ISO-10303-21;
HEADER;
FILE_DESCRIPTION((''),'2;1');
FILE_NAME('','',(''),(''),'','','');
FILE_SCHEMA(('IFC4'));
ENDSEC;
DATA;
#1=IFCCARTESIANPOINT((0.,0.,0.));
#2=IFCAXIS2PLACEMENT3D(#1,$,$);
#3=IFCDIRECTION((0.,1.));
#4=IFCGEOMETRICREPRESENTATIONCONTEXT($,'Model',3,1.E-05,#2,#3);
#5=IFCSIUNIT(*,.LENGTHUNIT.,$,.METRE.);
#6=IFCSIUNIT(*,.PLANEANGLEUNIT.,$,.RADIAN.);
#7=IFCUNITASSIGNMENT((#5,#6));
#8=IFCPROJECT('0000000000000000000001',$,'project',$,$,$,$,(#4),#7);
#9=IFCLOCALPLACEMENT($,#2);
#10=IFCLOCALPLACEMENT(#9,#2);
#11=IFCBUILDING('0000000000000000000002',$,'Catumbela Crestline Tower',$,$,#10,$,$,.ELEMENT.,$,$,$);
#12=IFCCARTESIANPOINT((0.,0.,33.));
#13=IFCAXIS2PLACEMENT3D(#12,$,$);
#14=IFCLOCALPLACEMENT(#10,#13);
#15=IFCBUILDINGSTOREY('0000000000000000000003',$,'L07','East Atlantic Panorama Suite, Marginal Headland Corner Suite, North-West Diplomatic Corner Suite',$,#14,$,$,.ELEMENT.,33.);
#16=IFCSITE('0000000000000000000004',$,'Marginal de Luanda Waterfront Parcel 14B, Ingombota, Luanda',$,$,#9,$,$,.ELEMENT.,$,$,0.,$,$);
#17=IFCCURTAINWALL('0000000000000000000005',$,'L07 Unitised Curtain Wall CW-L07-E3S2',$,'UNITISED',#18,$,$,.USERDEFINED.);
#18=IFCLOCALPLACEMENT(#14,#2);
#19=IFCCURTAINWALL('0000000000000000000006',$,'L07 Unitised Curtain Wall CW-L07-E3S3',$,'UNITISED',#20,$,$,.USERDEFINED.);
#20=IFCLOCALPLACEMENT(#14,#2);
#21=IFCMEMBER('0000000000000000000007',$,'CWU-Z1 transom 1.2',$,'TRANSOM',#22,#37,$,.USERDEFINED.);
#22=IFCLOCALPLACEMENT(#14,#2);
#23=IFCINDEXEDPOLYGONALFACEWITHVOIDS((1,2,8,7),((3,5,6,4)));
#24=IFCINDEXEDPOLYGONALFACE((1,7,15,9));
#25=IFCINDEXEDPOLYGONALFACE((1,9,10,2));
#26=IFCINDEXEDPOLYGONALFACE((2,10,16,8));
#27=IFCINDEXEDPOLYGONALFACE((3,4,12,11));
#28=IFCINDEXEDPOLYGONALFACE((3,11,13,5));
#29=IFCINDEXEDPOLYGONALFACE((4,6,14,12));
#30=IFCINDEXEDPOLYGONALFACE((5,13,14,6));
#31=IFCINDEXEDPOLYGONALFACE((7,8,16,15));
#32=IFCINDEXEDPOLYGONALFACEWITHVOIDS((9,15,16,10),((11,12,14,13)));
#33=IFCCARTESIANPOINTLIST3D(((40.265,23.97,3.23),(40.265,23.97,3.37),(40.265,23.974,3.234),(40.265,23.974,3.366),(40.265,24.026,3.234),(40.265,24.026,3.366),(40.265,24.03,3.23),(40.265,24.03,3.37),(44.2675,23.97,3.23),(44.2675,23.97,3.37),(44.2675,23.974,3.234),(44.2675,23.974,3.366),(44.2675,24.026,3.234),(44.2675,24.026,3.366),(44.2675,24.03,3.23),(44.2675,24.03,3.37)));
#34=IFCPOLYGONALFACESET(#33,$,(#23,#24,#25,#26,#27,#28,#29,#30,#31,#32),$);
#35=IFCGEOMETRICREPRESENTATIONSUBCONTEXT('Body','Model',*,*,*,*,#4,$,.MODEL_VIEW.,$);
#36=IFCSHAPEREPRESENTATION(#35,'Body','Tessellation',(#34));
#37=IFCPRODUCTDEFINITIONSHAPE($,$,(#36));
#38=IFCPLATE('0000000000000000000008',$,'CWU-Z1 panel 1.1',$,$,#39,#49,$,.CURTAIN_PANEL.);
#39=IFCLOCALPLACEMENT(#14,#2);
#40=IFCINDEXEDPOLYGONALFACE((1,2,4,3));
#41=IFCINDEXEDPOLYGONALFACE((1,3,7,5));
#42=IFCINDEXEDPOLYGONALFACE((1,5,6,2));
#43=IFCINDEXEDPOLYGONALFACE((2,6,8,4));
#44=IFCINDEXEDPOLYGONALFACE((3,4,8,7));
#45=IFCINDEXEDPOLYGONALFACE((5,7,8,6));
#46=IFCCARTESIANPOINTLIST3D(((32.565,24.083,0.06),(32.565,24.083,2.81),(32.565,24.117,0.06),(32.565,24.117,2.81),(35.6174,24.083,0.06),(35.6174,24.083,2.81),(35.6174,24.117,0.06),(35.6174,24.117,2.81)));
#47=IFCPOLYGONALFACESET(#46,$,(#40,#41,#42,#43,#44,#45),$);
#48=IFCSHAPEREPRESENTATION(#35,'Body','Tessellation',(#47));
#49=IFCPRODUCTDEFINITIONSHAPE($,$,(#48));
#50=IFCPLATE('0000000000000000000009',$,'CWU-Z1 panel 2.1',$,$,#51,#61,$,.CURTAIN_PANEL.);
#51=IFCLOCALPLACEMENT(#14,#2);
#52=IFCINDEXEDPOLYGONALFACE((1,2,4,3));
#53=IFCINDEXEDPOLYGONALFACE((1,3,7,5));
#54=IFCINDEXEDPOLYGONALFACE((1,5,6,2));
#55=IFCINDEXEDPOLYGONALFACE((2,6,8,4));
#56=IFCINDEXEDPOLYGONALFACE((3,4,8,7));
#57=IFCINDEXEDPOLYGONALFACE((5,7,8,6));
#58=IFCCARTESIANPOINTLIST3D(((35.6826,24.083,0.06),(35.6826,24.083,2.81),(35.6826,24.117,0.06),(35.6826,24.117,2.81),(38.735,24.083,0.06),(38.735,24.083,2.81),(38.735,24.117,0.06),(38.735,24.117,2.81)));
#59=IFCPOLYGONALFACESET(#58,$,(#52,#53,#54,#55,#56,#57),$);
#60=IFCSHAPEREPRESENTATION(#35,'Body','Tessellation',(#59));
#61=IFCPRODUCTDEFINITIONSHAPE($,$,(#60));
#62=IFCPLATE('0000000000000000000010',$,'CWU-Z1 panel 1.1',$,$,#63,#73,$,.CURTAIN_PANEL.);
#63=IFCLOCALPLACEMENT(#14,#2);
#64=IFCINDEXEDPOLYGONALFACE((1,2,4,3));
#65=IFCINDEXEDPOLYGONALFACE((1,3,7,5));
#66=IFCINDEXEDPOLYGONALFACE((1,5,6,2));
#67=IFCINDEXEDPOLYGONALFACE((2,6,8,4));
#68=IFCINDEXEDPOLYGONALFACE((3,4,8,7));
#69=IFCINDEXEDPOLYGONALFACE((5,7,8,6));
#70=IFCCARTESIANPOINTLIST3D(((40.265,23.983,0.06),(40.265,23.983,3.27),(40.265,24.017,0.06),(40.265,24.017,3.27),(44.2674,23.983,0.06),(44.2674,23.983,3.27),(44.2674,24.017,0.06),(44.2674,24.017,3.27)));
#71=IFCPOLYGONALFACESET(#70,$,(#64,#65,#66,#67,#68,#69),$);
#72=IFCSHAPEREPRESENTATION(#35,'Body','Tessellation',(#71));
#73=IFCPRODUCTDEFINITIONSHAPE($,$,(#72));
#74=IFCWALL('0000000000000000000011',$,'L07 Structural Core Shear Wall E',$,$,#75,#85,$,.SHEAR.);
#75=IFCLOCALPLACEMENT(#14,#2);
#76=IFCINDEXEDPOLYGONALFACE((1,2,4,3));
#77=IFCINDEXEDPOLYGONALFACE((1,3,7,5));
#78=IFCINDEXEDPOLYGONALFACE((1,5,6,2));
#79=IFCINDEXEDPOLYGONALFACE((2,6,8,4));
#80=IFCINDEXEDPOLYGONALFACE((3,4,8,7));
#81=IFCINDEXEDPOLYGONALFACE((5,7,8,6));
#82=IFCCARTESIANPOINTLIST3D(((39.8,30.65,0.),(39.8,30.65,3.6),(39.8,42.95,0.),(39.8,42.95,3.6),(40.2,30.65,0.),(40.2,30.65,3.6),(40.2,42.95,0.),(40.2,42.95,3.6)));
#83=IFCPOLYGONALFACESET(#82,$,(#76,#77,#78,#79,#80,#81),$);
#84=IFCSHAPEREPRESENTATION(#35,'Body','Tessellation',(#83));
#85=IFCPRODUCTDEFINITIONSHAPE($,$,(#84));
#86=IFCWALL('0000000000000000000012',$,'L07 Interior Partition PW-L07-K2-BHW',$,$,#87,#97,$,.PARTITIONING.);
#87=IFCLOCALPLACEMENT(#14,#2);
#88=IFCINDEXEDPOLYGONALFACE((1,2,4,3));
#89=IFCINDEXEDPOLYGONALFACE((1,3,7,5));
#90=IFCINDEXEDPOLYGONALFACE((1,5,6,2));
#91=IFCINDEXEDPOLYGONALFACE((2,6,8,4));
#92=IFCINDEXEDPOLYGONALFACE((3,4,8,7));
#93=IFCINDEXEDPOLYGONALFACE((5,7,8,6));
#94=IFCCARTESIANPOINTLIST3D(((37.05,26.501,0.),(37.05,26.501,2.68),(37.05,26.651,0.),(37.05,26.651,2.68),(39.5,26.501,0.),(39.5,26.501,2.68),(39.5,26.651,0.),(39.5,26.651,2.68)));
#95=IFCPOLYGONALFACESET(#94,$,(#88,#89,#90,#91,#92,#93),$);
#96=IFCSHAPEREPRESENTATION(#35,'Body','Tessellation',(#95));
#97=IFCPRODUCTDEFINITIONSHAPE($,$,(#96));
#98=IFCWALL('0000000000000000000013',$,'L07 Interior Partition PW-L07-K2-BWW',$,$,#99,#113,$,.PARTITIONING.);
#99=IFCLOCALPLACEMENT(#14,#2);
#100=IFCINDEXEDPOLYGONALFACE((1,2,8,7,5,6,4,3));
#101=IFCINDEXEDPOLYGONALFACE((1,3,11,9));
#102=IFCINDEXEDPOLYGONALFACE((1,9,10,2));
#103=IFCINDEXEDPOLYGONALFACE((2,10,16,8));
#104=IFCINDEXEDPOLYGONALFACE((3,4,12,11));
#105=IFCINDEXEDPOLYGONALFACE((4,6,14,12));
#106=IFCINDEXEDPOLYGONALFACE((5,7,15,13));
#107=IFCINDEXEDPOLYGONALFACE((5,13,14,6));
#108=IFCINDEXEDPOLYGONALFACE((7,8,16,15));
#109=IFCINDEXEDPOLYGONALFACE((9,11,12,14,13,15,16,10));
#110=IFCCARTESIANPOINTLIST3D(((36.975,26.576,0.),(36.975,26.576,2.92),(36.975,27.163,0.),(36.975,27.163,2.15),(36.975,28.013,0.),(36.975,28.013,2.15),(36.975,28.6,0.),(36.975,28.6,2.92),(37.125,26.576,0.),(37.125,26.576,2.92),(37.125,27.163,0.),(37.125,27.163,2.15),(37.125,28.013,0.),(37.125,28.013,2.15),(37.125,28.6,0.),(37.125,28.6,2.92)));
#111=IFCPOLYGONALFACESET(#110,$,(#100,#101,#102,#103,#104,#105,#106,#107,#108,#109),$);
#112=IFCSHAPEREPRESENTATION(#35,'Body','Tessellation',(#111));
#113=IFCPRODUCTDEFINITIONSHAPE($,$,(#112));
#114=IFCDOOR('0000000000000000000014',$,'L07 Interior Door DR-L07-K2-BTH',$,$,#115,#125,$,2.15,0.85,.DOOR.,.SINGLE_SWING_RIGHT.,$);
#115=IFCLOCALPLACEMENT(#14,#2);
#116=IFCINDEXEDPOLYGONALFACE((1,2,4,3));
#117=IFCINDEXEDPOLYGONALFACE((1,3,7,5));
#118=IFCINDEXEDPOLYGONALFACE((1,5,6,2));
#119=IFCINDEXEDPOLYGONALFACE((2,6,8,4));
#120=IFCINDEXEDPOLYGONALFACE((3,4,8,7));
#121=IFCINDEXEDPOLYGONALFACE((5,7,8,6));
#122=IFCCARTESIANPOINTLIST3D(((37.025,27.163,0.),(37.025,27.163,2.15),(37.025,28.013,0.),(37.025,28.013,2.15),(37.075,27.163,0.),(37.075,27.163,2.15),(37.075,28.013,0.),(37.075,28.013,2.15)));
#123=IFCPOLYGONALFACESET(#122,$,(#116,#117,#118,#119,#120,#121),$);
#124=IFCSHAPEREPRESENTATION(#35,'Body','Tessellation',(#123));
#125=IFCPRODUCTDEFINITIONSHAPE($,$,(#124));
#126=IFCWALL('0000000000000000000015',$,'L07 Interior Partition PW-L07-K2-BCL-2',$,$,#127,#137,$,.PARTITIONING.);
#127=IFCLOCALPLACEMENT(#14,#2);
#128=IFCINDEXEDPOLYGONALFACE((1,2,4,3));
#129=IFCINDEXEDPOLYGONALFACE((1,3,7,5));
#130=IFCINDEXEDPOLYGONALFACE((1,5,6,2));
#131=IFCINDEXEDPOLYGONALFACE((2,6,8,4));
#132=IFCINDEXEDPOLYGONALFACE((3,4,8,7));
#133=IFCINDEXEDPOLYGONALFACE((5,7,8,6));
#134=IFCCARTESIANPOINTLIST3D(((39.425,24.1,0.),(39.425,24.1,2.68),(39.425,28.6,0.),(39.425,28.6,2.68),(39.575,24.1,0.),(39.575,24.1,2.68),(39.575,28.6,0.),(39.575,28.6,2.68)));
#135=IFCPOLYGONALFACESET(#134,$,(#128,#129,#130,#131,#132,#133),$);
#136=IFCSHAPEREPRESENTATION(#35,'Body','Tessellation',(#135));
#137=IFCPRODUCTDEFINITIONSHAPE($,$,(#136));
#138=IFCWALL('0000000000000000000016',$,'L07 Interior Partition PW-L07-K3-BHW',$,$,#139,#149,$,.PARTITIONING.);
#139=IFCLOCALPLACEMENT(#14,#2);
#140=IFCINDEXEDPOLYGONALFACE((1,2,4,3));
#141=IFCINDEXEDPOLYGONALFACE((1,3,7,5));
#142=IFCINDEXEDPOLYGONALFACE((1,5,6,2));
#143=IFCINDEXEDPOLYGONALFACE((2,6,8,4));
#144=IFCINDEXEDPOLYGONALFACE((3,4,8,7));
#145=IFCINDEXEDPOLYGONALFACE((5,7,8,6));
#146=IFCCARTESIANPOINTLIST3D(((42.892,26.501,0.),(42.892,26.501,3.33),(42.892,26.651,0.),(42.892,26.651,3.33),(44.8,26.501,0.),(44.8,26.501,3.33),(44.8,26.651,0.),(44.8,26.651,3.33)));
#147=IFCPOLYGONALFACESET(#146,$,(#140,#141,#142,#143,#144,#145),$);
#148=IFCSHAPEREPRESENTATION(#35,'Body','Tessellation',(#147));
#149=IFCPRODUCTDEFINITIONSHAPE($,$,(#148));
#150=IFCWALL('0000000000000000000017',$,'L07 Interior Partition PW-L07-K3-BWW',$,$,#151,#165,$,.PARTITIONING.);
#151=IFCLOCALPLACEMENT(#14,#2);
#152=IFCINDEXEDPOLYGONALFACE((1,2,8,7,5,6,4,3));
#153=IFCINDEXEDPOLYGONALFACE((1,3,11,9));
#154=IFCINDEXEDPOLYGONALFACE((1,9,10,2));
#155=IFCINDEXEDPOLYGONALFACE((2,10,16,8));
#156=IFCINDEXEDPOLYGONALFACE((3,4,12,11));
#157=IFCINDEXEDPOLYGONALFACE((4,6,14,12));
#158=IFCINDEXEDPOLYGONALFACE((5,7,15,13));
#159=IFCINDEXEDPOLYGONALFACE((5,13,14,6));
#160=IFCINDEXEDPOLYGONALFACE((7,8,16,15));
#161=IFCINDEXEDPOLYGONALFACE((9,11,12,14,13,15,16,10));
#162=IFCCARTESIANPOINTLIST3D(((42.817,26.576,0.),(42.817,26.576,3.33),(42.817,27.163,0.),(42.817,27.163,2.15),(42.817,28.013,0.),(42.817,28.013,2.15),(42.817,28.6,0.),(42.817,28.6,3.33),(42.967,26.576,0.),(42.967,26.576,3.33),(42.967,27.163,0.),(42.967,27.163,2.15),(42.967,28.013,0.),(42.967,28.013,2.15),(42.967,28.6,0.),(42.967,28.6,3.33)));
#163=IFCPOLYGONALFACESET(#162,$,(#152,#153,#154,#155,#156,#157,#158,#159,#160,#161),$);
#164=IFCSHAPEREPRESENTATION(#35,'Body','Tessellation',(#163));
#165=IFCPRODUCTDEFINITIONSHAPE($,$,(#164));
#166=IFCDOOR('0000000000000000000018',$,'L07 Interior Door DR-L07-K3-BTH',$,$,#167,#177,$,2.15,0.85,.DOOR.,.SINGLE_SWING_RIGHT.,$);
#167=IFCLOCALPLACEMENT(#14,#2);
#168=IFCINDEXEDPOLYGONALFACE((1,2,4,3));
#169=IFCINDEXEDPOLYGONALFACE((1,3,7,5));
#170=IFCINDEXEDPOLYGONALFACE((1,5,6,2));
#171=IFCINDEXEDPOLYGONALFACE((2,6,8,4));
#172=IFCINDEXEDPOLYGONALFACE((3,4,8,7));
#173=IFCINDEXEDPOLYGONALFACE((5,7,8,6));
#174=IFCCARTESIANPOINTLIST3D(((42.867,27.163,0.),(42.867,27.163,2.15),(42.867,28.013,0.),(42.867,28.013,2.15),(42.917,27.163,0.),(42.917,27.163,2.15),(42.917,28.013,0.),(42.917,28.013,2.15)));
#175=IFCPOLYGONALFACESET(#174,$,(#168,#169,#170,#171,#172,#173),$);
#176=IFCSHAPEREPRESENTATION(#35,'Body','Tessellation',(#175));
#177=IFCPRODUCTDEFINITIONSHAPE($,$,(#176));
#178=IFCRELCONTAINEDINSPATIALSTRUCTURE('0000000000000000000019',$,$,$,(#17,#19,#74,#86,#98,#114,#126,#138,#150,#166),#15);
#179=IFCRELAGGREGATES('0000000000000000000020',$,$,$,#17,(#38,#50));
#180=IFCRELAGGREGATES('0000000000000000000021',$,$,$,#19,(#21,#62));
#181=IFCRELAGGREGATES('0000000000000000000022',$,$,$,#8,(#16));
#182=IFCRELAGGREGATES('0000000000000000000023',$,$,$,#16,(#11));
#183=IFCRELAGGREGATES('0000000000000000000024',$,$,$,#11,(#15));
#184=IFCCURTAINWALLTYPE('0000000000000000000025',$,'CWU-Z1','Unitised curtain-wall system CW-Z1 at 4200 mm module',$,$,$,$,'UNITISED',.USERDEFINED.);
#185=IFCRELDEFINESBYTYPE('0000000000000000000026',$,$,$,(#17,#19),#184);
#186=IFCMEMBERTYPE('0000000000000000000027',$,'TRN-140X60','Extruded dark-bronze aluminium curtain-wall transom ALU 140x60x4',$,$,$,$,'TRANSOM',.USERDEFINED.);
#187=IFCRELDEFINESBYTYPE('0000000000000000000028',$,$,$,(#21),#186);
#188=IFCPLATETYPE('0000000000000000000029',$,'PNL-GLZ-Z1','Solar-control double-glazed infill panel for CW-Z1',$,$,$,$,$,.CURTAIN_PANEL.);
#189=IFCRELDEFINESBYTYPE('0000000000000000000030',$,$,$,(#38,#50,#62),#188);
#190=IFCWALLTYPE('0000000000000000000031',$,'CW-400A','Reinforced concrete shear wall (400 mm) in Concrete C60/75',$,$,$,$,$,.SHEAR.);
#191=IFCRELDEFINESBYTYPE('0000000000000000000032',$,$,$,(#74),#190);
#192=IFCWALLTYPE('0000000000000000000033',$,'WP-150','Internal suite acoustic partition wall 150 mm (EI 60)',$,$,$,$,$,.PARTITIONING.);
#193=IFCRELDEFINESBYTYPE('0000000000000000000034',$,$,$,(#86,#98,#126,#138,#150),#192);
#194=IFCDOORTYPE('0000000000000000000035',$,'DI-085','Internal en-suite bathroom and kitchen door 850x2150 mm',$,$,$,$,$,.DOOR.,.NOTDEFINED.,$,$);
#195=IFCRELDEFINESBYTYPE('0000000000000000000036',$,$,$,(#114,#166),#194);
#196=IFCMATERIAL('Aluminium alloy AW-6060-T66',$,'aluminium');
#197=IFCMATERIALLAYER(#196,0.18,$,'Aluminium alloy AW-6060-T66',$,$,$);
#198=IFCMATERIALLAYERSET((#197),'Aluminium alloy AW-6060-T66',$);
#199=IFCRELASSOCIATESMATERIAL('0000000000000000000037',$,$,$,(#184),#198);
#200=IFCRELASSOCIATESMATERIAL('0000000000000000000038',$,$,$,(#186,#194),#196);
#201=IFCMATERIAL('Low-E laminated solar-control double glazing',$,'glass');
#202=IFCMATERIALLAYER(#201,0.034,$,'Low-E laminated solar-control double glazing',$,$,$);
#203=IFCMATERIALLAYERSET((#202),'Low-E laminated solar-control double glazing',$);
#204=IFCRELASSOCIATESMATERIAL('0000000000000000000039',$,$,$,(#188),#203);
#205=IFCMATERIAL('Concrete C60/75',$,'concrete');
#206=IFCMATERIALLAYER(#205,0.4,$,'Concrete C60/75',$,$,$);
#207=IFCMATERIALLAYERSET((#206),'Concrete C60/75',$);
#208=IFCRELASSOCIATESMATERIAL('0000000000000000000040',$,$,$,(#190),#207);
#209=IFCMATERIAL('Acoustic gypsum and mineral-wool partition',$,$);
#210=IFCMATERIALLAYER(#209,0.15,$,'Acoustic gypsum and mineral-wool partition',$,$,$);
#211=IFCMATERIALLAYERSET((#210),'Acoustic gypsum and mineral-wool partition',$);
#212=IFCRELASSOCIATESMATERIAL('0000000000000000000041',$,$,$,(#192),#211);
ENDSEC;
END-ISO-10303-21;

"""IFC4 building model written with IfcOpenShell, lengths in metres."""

from ifc_helpers import new_model, si_unit, direction, frame, frame_2d, origin, origin_2d, place, context, subcontext, project, spatial, rectangle, hollow_rectangle, extrude, material, layer, layer_set, material_profile, profile_set, type_object, element, fill, aggregate, save


model = new_model("IFC4")

# Units and contexts
model_context = context("Model", 3, precision=1e-05, world=origin(), true_north=direction((0.0, 1.0)))
body_context = subcontext(model_context, "Body", "Model", "MODEL_VIEW")
ifc_project = project(units=[si_unit("LENGTHUNIT", "METRE"), si_unit("PLANEANGLEUNIT", "RADIAN")], contexts=[model_context])

# Site, building, storey
site_placement = place(None, origin())
site = spatial("IfcSite", under=ifc_project, at=site_placement, Name="Marginal de Luanda Waterfront Parcel 14B, Ingombota, Luanda", CompositionType="ELEMENT", RefElevation=0.0)
building_placement = place(site_placement, origin())
building = spatial("IfcBuilding", under=site, at=building_placement, Name="Catumbela Crestline Tower", CompositionType="ELEMENT")
storey_placement = place(building_placement, frame((0.0, 0.0, 33.0)))
storey = spatial("IfcBuildingStorey", under=building, at=storey_placement, Name="L07", Description="East Atlantic Panorama Suite, Marginal Headland Corner Suite, North-West Diplomatic Corner Suite", CompositionType="ELEMENT", Elevation=33.0)

# Shared definitions
ifc_material_1 = material(Name="Concrete C60/75", Category="concrete")

# Curtain walls
ifc_material_2 = material(Name="Aluminium alloy AW-6060-T66", Category="aluminium")
ifc_layer_1 = layer(ifc_material_2, 0.18, Name="Aluminium alloy AW-6060-T66")
ifc_layer_set_1 = layer_set([ifc_layer_1], Name="Aluminium alloy AW-6060-T66")
curtain_wall_type = type_object("IfcCurtainWallType", Name="CWU-Z1", Description="Unitised curtain-wall system CW-Z1 at 4200 mm module", ElementType="UNITISED", PredefinedType="USERDEFINED", material=ifc_layer_set_1)
curtain_wall_1_placement = place(storey_placement, origin())
curtain_wall_1 = element("IfcCurtainWall", 1, at=curtain_wall_1_placement, inside=storey, type_object=curtain_wall_type, Name="L07 Unitised Curtain Wall CW-L07-E3S2", ObjectType="UNITISED", PredefinedType="USERDEFINED")
curtain_wall_2_placement = place(storey_placement, origin())
curtain_wall_2 = element("IfcCurtainWall", 2, at=curtain_wall_2_placement, inside=storey, type_object=curtain_wall_type, Name="L07 Unitised Curtain Wall CW-L07-E3S3", ObjectType="UNITISED", PredefinedType="USERDEFINED")

# Member
ifc_material_profile_1 = material_profile(ifc_material_2, hollow_rectangle(XDim=0.06, YDim=0.14, WallThickness=0.004, at=origin_2d()), Name="ALU 140x60x4")
ifc_profile_set_1 = profile_set([ifc_material_profile_1], Name="Aluminium alloy AW-6060-T66")
member_type_1 = type_object("IfcMemberType", Name="TRN-140X60", Description="Extruded dark-bronze aluminium curtain-wall transom ALU 140x60x4", ElementType="TRANSOM", PredefinedType="USERDEFINED", material=ifc_profile_set_1)
member_1_placement = place(storey_placement, frame((40.265, 24.0, 3.3), z_axis=(1.0, 0.0, 0.0), x_axis=(0.0, 1.0, 0.0)))
member_1 = element("IfcMember", 3, at=member_1_placement, type_object=member_type_1, Name="CWU-Z1 transom 1.2", ObjectType="TRANSOM", PredefinedType="USERDEFINED", context=body_context, shape_type="SweptSolid", body=[
    extrude(hollow_rectangle(XDim=0.06, YDim=0.14, WallThickness=0.004, at=origin_2d()), origin(), (0.0, 0.0, 1.0), 4.0025),
])

# Plates
ifc_material_3 = material(Name="Low-E laminated solar-control double glazing", Category="glass")
ifc_layer_2 = layer(ifc_material_3, 0.034, Name="Low-E laminated solar-control double glazing")
ifc_layer_set_2 = layer_set([ifc_layer_2], Name="Low-E laminated solar-control double glazing")
plate_type = type_object("IfcPlateType", Name="PNL-GLZ-Z1", Description="Solar-control double-glazed infill panel for CW-Z1", PredefinedType="CURTAIN_PANEL", material=ifc_layer_set_2)
plate_1_placement = place(storey_placement, frame((34.0912, 24.1, 0.06), z_axis=(0.0, 0.0, 1.0), x_axis=(1.0, 0.0, 0.0)))
plate_1 = element("IfcPlate", 4, at=plate_1_placement, type_object=plate_type, Name="CWU-Z1 panel 1.1", PredefinedType="CURTAIN_PANEL", context=body_context, shape_type="SweptSolid", body=[
    extrude(rectangle(XDim=3.0525, YDim=0.034, at=origin_2d()), origin(), (0.0, 0.0, 1.0), 2.75),
])
plate_2_placement = place(storey_placement, frame((37.2088, 24.1, 0.06), z_axis=(0.0, 0.0, 1.0), x_axis=(1.0, 0.0, 0.0)))
plate_2 = element("IfcPlate", 5, at=plate_2_placement, type_object=plate_type, Name="CWU-Z1 panel 2.1", PredefinedType="CURTAIN_PANEL", context=body_context, shape_type="SweptSolid", body=[
    extrude(rectangle(XDim=3.0525, YDim=0.034, at=origin_2d()), origin(), (0.0, 0.0, 1.0), 2.75),
])
aggregate(curtain_wall_1, [plate_1, plate_2])
plate_3_placement = place(storey_placement, frame((42.2662, 24.0, 0.06), z_axis=(0.0, 0.0, 1.0), x_axis=(1.0, 0.0, 0.0)))
plate_3 = element("IfcPlate", 6, at=plate_3_placement, type_object=plate_type, Name="CWU-Z1 panel 1.1", PredefinedType="CURTAIN_PANEL", context=body_context, shape_type="SweptSolid", body=[
    extrude(rectangle(XDim=4.0025, YDim=0.034, at=origin_2d()), origin(), (0.0, 0.0, 1.0), 3.21),
])
aggregate(curtain_wall_2, [member_1, plate_3])

# Walls
ifc_layer_3 = layer(ifc_material_1, 0.4, Name="Concrete C60/75")
ifc_layer_set_3 = layer_set([ifc_layer_3], Name="Concrete C60/75")
wall_type_1 = type_object("IfcWallType", Name="CW-400A", Description="Reinforced concrete shear wall (400 mm) in Concrete C60/75", PredefinedType="SHEAR", material=ifc_layer_set_3)
wall_1_placement = place(storey_placement, frame((40.0, 30.65, 0.0), z_axis=(0.0, 0.0, 1.0), x_axis=(0.0, 1.0, 0.0)))
element("IfcWall", 7, at=wall_1_placement, inside=storey, type_object=wall_type_1, Name="L07 Structural Core Shear Wall E", PredefinedType="SHEAR", context=body_context, shape_type="SweptSolid", body=[
    extrude(rectangle(XDim=12.3, YDim=0.4, at=frame_2d((6.15, 0.0))), origin(), (0.0, 0.0, 1.0), 3.6),
])
ifc_material_4 = material(Name="Acoustic gypsum and mineral-wool partition")
ifc_layer_4 = layer(ifc_material_4, 0.15, Name="Acoustic gypsum and mineral-wool partition")
ifc_layer_set_4 = layer_set([ifc_layer_4], Name="Acoustic gypsum and mineral-wool partition")
wall_type_2 = type_object("IfcWallType", Name="WP-150", Description="Internal suite acoustic partition wall 150 mm (EI 60)", PredefinedType="PARTITIONING", material=ifc_layer_set_4)
wall_2_placement = place(storey_placement, frame((37.05, 26.576, 0.0), z_axis=(0.0, 0.0, 1.0), x_axis=(1.0, 0.0, 0.0)))
element("IfcWall", 8, at=wall_2_placement, inside=storey, type_object=wall_type_2, Name="L07 Interior Partition PW-L07-K2-BHW", PredefinedType="PARTITIONING", context=body_context, shape_type="SweptSolid", body=[
    extrude(rectangle(XDim=2.45, YDim=0.15, at=frame_2d((1.225, 0.0))), origin(), (0.0, 0.0, 1.0), 2.68),
])

# Wall, opening, door
wall_3_placement = place(storey_placement, frame((37.05, 26.576, 0.0), z_axis=(0.0, 0.0, 1.0), x_axis=(0.0, 1.0, 0.0)))
wall_3 = element("IfcWall", 9, at=wall_3_placement, inside=storey, type_object=wall_type_2, Name="L07 Interior Partition PW-L07-K2-BWW", PredefinedType="PARTITIONING", context=body_context, shape_type="SweptSolid", body=[
    extrude(rectangle(XDim=2.024, YDim=0.15, at=frame_2d((1.012, 0.0))), origin(), (0.0, 0.0, 1.0), 2.92),
])
opening_1_placement = place(wall_3_placement, frame((0.587, 0.0, 0.0)))
opening_1 = element("IfcOpeningElement", 10, at=opening_1_placement, cuts=wall_3, PredefinedType="OPENING", context=body_context, shape_type="SweptSolid", body=[
    extrude(rectangle(XDim=0.85, YDim=2.15, at=frame_2d((0.425, 1.075))), frame((0.0, 0.085, 0.0), z_axis=(0.0, -1.0, 0.0), x_axis=(1.0, 0.0, 0.0)), (0.0, 0.0, 1.0), 0.17),
])
door_type = type_object("IfcDoorType", Name="DI-085", Description="Internal en-suite bathroom and kitchen door 850x2150 mm", OperationType="NOTDEFINED", PredefinedType="DOOR", material=ifc_material_2)
door_1_placement = place(opening_1_placement, origin())
door_1 = element("IfcDoor", 11, at=door_1_placement, inside=storey, type_object=door_type, Name="L07 Interior Door DR-L07-K2-BTH", OperationType="SINGLE_SWING_RIGHT", OverallHeight=2.15, OverallWidth=0.85, PredefinedType="DOOR", context=body_context, shape_type="SweptSolid", body=[
    extrude(rectangle(XDim=0.85, YDim=2.15, at=frame_2d((0.425, 1.075))), frame((0.0, 0.025, 0.0), z_axis=(0.0, -1.0, 0.0), x_axis=(1.0, 0.0, 0.0)), (0.0, 0.0, 1.0), 0.05),
])
fill(opening_1, door_1)

# Walls
wall_4_placement = place(storey_placement, frame((39.5, 28.6, 0.0), z_axis=(0.0, 0.0, 1.0), x_axis=(0.0, -1.0, 0.0)))
element("IfcWall", 12, at=wall_4_placement, inside=storey, type_object=wall_type_2, Name="L07 Interior Partition PW-L07-K2-BCL-2", PredefinedType="PARTITIONING", context=body_context, shape_type="SweptSolid", body=[
    extrude(rectangle(XDim=4.5, YDim=0.15, at=frame_2d((2.25, 0.0))), origin(), (0.0, 0.0, 1.0), 2.68),
])
wall_5_placement = place(storey_placement, frame((42.892, 26.576, 0.0), z_axis=(0.0, 0.0, 1.0), x_axis=(1.0, 0.0, 0.0)))
element("IfcWall", 13, at=wall_5_placement, inside=storey, type_object=wall_type_2, Name="L07 Interior Partition PW-L07-K3-BHW", PredefinedType="PARTITIONING", context=body_context, shape_type="SweptSolid", body=[
    extrude(rectangle(XDim=1.908, YDim=0.15, at=frame_2d((0.954, 0.0))), origin(), (0.0, 0.0, 1.0), 3.33),
])

# Wall, opening, door
wall_6_placement = place(storey_placement, frame((42.892, 26.576, 0.0), z_axis=(0.0, 0.0, 1.0), x_axis=(0.0, 1.0, 0.0)))
wall_6 = element("IfcWall", 14, at=wall_6_placement, inside=storey, type_object=wall_type_2, Name="L07 Interior Partition PW-L07-K3-BWW", PredefinedType="PARTITIONING", context=body_context, shape_type="SweptSolid", body=[
    extrude(rectangle(XDim=2.024, YDim=0.15, at=frame_2d((1.012, 0.0))), origin(), (0.0, 0.0, 1.0), 3.33),
])
opening_2_placement = place(wall_6_placement, frame((0.587, 0.0, 0.0)))
opening_2 = element("IfcOpeningElement", 15, at=opening_2_placement, cuts=wall_6, PredefinedType="OPENING", context=body_context, shape_type="SweptSolid", body=[
    extrude(rectangle(XDim=0.85, YDim=2.15, at=frame_2d((0.425, 1.075))), frame((0.0, 0.085, 0.0), z_axis=(0.0, -1.0, 0.0), x_axis=(1.0, 0.0, 0.0)), (0.0, 0.0, 1.0), 0.17),
])
door_2_placement = place(opening_2_placement, origin())
door_2 = element("IfcDoor", 16, at=door_2_placement, inside=storey, type_object=door_type, Name="L07 Interior Door DR-L07-K3-BTH", OperationType="SINGLE_SWING_RIGHT", OverallHeight=2.15, OverallWidth=0.85, PredefinedType="DOOR", context=body_context, shape_type="SweptSolid", body=[
    extrude(rectangle(XDim=0.85, YDim=2.15, at=frame_2d((0.425, 1.075))), frame((0.0, 0.025, 0.0), z_axis=(0.0, -1.0, 0.0), x_axis=(1.0, 0.0, 0.0)), (0.0, 0.0, 1.0), 0.05),
])
fill(opening_2, door_2)

save(model, "model.ifc")
